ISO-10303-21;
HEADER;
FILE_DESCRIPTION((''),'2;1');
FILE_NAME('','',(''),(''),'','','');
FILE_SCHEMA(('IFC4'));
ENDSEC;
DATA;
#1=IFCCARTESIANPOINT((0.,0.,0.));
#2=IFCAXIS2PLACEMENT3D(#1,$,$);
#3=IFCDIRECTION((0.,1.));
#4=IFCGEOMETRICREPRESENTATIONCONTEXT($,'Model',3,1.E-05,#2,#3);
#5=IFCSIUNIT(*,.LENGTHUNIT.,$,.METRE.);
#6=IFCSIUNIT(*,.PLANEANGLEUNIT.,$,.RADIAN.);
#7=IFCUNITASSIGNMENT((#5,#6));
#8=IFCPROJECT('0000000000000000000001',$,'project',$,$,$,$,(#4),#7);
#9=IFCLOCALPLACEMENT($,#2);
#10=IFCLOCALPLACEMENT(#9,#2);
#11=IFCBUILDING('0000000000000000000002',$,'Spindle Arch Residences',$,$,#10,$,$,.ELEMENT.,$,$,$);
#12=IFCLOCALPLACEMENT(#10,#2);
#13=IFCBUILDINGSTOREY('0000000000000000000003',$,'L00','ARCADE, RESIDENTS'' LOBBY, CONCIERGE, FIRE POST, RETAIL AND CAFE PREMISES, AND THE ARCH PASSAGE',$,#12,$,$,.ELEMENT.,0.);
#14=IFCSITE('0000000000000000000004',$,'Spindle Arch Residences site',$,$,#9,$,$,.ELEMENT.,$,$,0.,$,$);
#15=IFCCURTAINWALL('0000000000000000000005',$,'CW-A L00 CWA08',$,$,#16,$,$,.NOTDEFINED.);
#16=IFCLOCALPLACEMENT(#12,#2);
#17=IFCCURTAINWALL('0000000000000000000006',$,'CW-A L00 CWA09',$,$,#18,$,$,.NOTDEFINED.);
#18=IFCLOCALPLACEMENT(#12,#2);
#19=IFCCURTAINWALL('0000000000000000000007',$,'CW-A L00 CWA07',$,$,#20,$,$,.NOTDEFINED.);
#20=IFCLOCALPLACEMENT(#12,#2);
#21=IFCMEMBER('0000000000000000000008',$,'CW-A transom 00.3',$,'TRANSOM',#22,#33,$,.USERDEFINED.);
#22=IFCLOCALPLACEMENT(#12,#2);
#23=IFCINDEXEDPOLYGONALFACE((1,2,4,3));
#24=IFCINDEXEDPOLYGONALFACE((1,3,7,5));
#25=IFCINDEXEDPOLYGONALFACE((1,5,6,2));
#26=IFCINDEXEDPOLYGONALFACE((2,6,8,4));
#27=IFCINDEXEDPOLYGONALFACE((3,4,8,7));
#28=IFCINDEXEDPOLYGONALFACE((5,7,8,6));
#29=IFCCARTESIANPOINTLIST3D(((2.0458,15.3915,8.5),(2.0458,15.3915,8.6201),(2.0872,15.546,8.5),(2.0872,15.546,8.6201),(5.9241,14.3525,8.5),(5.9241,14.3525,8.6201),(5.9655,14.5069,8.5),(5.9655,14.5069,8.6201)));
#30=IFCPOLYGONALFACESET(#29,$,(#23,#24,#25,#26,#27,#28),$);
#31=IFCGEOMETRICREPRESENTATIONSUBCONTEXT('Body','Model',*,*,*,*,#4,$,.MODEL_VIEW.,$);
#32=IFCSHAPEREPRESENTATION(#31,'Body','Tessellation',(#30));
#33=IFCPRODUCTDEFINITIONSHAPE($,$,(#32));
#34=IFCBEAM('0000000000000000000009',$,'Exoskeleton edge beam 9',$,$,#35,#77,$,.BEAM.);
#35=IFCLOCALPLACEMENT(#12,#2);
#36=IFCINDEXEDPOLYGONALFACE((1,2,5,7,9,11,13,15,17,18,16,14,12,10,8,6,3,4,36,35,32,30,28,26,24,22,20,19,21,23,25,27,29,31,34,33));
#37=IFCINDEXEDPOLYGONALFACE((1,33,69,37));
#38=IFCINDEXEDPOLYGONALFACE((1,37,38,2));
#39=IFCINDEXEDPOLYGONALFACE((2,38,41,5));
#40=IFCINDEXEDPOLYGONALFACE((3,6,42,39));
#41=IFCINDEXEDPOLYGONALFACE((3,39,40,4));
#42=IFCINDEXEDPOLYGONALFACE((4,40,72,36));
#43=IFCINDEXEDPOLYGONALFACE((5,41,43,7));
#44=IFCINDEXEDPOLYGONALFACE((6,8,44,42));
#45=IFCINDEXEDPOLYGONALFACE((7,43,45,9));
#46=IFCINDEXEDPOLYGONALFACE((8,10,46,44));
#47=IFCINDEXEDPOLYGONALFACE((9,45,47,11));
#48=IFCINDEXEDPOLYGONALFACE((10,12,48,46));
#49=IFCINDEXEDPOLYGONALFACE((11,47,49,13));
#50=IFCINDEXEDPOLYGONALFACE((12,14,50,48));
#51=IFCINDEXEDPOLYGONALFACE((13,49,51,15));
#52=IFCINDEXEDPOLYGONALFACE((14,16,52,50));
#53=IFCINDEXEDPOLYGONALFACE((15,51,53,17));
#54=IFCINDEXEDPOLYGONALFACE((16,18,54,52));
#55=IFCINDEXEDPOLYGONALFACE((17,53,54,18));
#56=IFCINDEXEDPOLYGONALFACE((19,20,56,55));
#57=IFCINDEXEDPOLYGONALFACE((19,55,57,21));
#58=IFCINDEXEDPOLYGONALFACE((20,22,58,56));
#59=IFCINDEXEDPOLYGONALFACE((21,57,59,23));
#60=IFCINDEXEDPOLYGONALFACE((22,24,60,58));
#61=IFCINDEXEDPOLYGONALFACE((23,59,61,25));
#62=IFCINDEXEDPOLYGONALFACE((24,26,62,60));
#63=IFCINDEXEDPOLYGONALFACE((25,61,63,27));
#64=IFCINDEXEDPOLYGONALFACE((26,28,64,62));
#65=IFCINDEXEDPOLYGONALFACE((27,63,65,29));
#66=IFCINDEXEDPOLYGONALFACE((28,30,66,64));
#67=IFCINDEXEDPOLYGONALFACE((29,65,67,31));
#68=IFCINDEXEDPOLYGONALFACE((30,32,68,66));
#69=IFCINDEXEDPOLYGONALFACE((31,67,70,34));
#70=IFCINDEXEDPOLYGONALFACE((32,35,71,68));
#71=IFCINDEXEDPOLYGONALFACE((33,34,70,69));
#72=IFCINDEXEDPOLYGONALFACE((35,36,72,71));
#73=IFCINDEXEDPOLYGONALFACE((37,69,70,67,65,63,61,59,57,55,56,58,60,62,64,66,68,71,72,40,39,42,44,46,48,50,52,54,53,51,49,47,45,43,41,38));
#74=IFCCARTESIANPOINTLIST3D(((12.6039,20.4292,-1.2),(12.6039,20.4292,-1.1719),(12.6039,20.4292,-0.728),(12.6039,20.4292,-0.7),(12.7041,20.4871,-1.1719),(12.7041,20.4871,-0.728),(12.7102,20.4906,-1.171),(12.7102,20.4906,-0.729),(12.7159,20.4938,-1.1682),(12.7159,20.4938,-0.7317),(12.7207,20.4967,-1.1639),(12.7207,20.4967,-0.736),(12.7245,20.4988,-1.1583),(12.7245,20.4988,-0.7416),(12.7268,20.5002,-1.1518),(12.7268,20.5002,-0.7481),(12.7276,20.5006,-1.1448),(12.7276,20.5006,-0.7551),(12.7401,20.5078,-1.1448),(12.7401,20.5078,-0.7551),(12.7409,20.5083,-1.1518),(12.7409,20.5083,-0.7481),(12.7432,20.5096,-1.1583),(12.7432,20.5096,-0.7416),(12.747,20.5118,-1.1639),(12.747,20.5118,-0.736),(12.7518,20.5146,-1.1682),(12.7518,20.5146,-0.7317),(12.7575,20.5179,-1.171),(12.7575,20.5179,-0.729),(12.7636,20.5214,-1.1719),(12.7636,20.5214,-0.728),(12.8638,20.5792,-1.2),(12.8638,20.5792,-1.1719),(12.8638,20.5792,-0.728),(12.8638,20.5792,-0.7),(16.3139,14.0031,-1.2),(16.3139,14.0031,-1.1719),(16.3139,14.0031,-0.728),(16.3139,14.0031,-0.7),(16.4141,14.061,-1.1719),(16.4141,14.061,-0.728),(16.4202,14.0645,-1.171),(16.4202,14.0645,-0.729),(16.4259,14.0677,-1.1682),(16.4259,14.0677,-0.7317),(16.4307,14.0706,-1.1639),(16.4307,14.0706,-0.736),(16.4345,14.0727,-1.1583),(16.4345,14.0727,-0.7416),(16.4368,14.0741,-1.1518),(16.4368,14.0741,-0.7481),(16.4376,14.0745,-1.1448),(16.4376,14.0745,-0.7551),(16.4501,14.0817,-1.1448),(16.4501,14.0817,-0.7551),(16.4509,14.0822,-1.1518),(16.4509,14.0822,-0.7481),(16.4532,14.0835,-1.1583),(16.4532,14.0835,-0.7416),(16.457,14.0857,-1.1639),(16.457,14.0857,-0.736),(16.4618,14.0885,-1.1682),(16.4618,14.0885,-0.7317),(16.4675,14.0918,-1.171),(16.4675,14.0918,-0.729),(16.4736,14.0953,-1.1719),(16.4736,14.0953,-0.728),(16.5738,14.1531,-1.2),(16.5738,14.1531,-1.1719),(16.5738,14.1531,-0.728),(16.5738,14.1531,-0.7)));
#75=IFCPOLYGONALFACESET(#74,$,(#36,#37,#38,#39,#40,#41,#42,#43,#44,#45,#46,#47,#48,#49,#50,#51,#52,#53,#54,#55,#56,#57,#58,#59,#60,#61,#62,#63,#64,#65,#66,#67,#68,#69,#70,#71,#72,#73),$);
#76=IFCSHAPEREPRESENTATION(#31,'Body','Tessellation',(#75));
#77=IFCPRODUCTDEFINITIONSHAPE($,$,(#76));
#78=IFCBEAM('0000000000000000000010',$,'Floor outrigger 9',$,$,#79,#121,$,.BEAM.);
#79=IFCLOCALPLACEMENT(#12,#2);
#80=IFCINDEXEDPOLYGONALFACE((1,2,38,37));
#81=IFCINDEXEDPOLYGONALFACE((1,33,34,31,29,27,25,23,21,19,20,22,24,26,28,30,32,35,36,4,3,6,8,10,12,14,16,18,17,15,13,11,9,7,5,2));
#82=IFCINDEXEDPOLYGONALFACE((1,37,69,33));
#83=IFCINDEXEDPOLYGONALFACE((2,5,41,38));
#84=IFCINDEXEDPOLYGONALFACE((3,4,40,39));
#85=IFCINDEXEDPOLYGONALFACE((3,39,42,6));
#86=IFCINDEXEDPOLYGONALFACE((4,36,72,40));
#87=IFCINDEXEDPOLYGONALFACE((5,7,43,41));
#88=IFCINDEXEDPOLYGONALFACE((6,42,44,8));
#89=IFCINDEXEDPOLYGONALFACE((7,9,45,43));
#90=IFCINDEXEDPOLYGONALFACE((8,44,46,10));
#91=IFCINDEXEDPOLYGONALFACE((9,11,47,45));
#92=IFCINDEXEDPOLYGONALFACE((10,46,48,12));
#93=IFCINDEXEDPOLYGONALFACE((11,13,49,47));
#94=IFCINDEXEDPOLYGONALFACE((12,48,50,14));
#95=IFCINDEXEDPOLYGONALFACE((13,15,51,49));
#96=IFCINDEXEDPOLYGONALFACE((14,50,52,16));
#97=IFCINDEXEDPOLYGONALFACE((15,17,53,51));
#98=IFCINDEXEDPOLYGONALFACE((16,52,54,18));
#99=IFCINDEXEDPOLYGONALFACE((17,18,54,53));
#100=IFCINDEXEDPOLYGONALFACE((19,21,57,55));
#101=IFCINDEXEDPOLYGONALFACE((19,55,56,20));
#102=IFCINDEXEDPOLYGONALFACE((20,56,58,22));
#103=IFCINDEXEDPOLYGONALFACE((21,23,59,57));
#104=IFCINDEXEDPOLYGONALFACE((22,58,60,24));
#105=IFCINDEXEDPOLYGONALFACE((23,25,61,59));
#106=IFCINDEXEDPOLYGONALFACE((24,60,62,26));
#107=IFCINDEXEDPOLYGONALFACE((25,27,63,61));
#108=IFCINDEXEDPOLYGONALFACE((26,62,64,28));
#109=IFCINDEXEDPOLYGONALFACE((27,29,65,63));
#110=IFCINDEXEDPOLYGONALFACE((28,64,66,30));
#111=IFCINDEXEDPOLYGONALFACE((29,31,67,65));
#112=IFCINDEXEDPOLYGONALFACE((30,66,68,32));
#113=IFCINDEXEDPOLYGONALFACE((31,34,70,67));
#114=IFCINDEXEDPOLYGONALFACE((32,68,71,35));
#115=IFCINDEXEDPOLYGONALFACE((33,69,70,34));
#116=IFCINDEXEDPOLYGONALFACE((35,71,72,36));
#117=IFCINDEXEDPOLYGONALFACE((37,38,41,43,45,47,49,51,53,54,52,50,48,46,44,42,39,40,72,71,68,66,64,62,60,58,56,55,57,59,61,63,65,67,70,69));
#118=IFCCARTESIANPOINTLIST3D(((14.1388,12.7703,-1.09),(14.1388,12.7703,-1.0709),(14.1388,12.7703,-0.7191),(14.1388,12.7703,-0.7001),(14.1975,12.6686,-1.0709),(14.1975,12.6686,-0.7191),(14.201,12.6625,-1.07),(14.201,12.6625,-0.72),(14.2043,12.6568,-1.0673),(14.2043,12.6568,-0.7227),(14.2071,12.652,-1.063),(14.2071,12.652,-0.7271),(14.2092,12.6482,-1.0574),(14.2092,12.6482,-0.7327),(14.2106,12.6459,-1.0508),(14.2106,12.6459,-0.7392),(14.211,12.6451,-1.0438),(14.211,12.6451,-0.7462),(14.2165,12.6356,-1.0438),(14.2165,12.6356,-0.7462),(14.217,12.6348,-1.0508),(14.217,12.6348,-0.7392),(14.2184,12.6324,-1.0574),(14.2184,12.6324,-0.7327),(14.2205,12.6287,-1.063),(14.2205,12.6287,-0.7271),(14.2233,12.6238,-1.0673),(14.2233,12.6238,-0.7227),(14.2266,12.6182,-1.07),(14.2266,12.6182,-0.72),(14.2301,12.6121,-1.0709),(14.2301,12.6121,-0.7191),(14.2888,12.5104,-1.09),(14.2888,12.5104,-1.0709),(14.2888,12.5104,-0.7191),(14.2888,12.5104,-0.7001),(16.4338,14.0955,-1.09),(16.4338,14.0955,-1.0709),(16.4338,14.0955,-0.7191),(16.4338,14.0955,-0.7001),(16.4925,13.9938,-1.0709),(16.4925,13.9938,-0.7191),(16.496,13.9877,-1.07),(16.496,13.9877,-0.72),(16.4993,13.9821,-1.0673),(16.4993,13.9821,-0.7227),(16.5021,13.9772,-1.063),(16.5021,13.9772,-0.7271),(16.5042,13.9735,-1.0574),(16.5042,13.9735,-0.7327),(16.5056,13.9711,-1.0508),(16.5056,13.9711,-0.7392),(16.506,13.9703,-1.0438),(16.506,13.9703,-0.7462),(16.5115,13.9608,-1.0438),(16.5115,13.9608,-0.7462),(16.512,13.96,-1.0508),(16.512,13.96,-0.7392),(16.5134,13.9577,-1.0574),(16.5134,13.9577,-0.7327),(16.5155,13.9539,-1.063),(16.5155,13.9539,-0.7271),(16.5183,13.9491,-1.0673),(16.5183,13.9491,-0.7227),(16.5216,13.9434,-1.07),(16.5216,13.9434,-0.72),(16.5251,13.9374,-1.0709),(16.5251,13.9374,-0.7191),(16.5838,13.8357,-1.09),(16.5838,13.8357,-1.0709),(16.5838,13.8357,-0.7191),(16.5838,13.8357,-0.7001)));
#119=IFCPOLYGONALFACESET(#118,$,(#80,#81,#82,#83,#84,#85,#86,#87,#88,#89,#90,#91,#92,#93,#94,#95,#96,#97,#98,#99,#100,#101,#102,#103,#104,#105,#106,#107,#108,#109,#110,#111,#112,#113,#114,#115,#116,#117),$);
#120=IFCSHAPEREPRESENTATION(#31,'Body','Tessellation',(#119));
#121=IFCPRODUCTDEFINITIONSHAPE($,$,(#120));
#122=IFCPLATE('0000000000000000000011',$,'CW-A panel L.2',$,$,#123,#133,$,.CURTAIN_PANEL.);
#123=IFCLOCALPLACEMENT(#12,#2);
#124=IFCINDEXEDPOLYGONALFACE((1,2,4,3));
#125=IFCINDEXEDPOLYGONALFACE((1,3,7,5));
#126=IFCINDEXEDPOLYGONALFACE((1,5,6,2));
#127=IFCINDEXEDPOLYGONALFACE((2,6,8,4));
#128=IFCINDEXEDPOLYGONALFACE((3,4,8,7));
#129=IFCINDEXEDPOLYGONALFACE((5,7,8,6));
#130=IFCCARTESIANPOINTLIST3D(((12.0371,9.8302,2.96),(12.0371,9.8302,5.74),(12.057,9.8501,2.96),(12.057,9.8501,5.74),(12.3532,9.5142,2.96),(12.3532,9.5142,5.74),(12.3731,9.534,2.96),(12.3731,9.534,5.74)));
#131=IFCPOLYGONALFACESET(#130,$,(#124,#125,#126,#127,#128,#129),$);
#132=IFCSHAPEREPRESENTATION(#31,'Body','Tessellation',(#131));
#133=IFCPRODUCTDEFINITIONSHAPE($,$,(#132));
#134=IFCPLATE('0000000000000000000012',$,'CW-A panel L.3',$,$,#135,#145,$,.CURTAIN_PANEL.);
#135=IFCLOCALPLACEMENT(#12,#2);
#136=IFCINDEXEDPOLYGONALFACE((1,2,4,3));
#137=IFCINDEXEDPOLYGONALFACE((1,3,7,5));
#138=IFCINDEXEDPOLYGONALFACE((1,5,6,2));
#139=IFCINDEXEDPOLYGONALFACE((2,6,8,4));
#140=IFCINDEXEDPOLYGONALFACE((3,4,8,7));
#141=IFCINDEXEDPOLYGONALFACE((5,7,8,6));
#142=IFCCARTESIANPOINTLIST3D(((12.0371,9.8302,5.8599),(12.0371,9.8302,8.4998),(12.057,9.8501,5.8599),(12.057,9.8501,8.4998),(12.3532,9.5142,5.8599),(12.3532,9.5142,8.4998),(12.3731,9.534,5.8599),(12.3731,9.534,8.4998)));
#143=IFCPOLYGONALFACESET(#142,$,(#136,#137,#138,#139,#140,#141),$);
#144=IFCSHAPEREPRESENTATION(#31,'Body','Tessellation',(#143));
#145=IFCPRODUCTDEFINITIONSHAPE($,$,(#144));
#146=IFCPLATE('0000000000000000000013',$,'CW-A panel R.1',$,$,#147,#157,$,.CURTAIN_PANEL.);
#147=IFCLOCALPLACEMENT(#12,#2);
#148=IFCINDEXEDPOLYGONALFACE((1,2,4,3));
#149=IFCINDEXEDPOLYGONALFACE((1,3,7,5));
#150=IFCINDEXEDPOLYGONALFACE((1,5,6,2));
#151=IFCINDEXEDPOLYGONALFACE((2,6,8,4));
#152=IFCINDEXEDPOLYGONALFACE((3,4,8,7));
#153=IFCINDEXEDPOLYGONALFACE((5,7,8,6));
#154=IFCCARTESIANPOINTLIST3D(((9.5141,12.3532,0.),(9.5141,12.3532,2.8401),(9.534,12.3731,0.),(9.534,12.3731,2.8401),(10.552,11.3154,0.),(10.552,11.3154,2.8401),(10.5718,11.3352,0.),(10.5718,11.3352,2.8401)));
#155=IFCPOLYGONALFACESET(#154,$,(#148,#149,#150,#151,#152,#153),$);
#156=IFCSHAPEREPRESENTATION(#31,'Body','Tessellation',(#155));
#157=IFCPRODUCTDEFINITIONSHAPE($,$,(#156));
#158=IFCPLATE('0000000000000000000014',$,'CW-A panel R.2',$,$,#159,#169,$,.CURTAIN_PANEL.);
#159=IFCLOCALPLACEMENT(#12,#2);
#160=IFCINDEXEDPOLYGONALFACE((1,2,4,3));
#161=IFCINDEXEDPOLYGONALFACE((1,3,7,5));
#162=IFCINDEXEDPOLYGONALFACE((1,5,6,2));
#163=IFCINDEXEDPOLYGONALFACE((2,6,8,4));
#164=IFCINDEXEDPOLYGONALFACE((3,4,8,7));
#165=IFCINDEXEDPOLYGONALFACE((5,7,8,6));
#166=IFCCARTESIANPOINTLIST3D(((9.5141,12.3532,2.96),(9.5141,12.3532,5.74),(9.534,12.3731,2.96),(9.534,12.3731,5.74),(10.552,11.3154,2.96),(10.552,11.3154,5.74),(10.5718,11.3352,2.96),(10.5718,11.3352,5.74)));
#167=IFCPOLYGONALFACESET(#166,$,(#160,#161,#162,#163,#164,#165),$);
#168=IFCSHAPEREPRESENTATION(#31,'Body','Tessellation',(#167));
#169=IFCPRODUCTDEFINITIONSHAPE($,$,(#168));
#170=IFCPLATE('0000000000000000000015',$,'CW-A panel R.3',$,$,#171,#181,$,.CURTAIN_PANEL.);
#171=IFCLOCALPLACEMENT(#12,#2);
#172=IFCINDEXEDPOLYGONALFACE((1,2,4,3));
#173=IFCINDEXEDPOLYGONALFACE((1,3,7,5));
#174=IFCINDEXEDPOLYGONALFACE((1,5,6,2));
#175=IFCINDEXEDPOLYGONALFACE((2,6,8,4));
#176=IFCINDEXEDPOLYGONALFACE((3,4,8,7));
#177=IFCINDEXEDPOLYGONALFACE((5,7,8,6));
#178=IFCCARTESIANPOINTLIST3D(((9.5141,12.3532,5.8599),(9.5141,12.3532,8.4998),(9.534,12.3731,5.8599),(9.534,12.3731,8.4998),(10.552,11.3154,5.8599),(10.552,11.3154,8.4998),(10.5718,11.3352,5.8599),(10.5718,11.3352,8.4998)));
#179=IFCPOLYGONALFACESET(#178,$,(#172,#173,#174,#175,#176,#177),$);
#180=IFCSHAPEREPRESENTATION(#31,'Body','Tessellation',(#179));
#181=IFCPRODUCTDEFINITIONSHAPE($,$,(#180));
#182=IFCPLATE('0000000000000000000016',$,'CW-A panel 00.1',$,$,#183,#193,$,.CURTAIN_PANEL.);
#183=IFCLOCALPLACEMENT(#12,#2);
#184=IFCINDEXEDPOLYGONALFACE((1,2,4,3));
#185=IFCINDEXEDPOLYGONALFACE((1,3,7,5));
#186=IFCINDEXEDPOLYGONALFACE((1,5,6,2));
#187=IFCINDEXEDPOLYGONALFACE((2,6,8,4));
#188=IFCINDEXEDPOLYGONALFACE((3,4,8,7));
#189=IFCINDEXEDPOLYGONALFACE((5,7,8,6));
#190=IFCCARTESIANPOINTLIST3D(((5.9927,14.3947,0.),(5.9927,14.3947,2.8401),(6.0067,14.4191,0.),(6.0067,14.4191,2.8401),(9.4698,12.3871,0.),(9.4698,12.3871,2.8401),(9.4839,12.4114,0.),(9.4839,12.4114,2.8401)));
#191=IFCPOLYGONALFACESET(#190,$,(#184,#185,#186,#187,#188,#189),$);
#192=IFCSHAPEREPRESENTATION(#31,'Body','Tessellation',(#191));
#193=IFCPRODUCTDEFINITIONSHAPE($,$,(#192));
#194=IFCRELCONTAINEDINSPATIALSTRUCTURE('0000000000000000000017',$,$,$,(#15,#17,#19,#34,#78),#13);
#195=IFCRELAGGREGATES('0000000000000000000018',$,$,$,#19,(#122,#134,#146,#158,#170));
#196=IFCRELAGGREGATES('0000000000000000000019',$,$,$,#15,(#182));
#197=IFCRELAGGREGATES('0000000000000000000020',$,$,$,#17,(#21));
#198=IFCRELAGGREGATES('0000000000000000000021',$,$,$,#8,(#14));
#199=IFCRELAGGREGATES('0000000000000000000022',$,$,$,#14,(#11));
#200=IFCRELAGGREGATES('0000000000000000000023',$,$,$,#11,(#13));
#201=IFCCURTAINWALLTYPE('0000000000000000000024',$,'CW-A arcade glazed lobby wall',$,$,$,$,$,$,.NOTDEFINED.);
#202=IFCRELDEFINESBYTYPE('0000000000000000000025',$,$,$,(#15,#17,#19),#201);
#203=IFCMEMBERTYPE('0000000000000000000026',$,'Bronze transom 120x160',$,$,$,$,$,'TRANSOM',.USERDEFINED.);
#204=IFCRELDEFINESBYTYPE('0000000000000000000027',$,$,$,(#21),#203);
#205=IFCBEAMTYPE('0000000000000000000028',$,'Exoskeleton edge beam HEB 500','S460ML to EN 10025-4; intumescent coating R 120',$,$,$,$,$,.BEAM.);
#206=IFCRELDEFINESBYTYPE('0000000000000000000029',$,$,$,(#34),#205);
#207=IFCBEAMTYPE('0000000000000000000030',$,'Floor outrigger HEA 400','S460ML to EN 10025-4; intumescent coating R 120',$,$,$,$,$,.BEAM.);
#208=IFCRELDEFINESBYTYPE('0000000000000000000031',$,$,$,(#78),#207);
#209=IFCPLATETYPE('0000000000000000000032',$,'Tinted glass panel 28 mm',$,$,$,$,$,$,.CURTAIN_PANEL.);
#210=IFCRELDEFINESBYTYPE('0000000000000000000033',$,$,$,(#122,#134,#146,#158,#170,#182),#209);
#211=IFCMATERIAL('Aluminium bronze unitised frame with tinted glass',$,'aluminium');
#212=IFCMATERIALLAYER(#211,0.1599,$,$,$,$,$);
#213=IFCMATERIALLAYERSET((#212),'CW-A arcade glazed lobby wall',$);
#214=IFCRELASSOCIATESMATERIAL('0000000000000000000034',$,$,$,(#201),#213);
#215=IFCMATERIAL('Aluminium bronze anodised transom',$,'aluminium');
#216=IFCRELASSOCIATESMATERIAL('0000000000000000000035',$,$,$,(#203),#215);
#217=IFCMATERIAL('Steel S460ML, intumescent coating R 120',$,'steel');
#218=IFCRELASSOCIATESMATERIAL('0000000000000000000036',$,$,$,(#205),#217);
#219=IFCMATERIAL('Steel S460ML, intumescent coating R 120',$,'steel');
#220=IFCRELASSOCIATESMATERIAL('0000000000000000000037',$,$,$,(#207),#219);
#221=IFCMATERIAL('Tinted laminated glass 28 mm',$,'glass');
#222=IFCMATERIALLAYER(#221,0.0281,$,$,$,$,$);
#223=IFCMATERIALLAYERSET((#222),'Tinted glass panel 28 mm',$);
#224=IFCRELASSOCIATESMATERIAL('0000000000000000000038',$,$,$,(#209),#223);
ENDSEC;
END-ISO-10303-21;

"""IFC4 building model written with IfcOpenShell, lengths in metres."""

from ifc_helpers import new_model, si_unit, direction, frame, origin, origin_2d, place, context, subcontext, project, spatial, rectangle, i_section, extrude, material, layer, layer_set, material_profile, profile_set, type_object, element, aggregate, save


model = new_model("IFC4")

# Units and contexts
model_context = context("Model", 3, precision=1e-05, world=origin(), true_north=direction((0.0, 1.0)))
body_context = subcontext(model_context, "Body", "Model", "MODEL_VIEW")
ifc_project = project(units=[si_unit("LENGTHUNIT", "METRE"), si_unit("PLANEANGLEUNIT", "RADIAN")], contexts=[model_context])

# Site, building, storey
site_placement = place(None, origin())
site = spatial("IfcSite", under=ifc_project, at=site_placement, Name="Spindle Arch Residences site", CompositionType="ELEMENT", RefElevation=0.0)
building_placement = place(site_placement, origin())
building = spatial("IfcBuilding", under=site, at=building_placement, Name="Spindle Arch Residences", CompositionType="ELEMENT")
storey_placement = place(building_placement, origin())
storey = spatial("IfcBuildingStorey", under=building, at=storey_placement, Name="L00", Description="ARCADE, RESIDENTS' LOBBY, CONCIERGE, FIRE POST, RETAIL AND CAFE PREMISES, AND THE ARCH PASSAGE", CompositionType="ELEMENT", Elevation=0.0)

# Curtain walls
ifc_material_1 = material(Name="Aluminium bronze unitised frame with tinted glass", Category="aluminium")
ifc_layer_1 = layer(ifc_material_1, 0.1599)
ifc_layer_set_1 = layer_set([ifc_layer_1], Name="CW-A arcade glazed lobby wall")
curtain_wall_type = type_object("IfcCurtainWallType", Name="CW-A arcade glazed lobby wall", PredefinedType="NOTDEFINED", material=ifc_layer_set_1)
curtain_wall_1_placement = place(storey_placement, origin())
curtain_wall_1 = element("IfcCurtainWall", 1, at=curtain_wall_1_placement, inside=storey, type_object=curtain_wall_type, Name="CW-A L00 CWA08", PredefinedType="NOTDEFINED")
curtain_wall_2_placement = place(storey_placement, origin())
curtain_wall_2 = element("IfcCurtainWall", 2, at=curtain_wall_2_placement, inside=storey, type_object=curtain_wall_type, Name="CW-A L00 CWA09", PredefinedType="NOTDEFINED")

# Curtain wall
curtain_wall_3_placement = place(storey_placement, origin())
curtain_wall_3 = element("IfcCurtainWall", 3, at=curtain_wall_3_placement, inside=storey, type_object=curtain_wall_type, Name="CW-A L00 CWA07", PredefinedType="NOTDEFINED")
ifc_material_2 = material(Name="Aluminium bronze anodised transom", Category="aluminium")
ifc_material_profile_1 = material_profile(ifc_material_2, rectangle(XDim=0.1599, YDim=0.1201, at=origin_2d()), Name="TR 120x160")
ifc_profile_set_1 = profile_set([ifc_material_profile_1], Name="Aluminium bronze anodised transom")
member_type_1 = type_object("IfcMemberType", Name="Bronze transom 120x160", ElementType="TRANSOM", PredefinedType="USERDEFINED", material=ifc_profile_set_1)

# Member
member_1_placement = place(storey_placement, frame((5.9448, 14.4297, 8.5601), z_axis=(-0.965936, 0.258783, 0.0), x_axis=(-0.258783, -0.965936, 0.0)))
member_1 = element("IfcMember", 4, at=member_1_placement, type_object=member_type_1, Name="CW-A transom 00.3", ObjectType="TRANSOM", PredefinedType="USERDEFINED", context=body_context, shape_type="SweptSolid", body=[
    extrude(rectangle(XDim=0.1599, YDim=0.1201, at=origin_2d()), origin(), (0.0, 0.0, 1.0), 4.0151),
])

# Beams
ifc_material_3 = material(Name="Steel S460ML, intumescent coating R 120", Category="steel")
ifc_material_profile_2 = material_profile(ifc_material_3, i_section(OverallWidth=0.3, OverallDepth=0.5, WebThickness=0.0144, FlangeThickness=0.0281, FilletRadius=0.0271, at=origin_2d()), Name="HEB 500")
ifc_profile_set_2 = profile_set([ifc_material_profile_2], Name="Steel S460ML, intumescent coating R 120")
beam_type_1 = type_object("IfcBeamType", Name="Exoskeleton edge beam HEB 500", Description="S460ML to EN 10025-4; intumescent coating R 120", PredefinedType="BEAM", material=ifc_profile_set_2)
beam_1_placement = place(storey_placement, frame((16.4438, 14.0781, -0.95), z_axis=(-0.499989, 0.866032, 0.0), x_axis=(-0.866032, -0.499989, 0.0)))
element("IfcBeam", 5, at=beam_1_placement, inside=storey, type_object=beam_type_1, Name="Exoskeleton edge beam 9", PredefinedType="BEAM", context=body_context, shape_type="SweptSolid", body=[
    extrude(i_section(OverallWidth=0.3, OverallDepth=0.5, WebThickness=0.0144, FlangeThickness=0.0281, FilletRadius=0.0271, at=origin_2d()), origin(), (0.0, 0.0, 1.0), 7.4202),
])
ifc_material_4 = material(Name="Steel S460ML, intumescent coating R 120", Category="steel")
ifc_material_profile_3 = material_profile(ifc_material_4, i_section(OverallWidth=0.3, OverallDepth=0.3899, WebThickness=0.011, FlangeThickness=0.019, FilletRadius=0.0271, at=origin_2d()), Name="HEA 400")
ifc_profile_set_3 = profile_set([ifc_material_profile_3], Name="Steel S460ML, intumescent coating R 120")
beam_type_2 = type_object("IfcBeamType", Name="Floor outrigger HEA 400", Description="S460ML to EN 10025-4; intumescent coating R 120", PredefinedType="BEAM", material=ifc_profile_set_3)
beam_2_placement = place(storey_placement, frame((16.5088, 13.9656, -0.895), z_axis=(-0.865989, -0.500063, 0.0), x_axis=(0.500063, -0.865989, 0.0)))
element("IfcBeam", 6, at=beam_2_placement, inside=storey, type_object=beam_type_2, Name="Floor outrigger 9", PredefinedType="BEAM", context=body_context, shape_type="SweptSolid", body=[
    extrude(i_section(OverallWidth=0.3, OverallDepth=0.3899, WebThickness=0.011, FlangeThickness=0.019, FilletRadius=0.0271, at=origin_2d()), origin(), (0.0, 0.0, 1.0), 2.6501),
])

# Plates
ifc_material_5 = material(Name="Tinted laminated glass 28 mm", Category="glass")
ifc_layer_2 = layer(ifc_material_5, 0.0281)
ifc_layer_set_2 = layer_set([ifc_layer_2], Name="Tinted glass panel 28 mm")
plate_type = type_object("IfcPlateType", Name="Tinted glass panel 28 mm", PredefinedType="CURTAIN_PANEL", material=ifc_layer_set_2)
plate_1_placement = place(storey_placement, frame((12.2051, 9.6821, 2.96), z_axis=(0.0, 0.0, 1.0), x_axis=(-0.707107, 0.707107, 0.0)))
plate_1 = element("IfcPlate", 7, at=plate_1_placement, type_object=plate_type, Name="CW-A panel L.2", PredefinedType="CURTAIN_PANEL", context=body_context, shape_type="SweptSolid", body=[
    extrude(rectangle(XDim=0.447, YDim=0.0281, at=origin_2d()), origin(), (0.0, 0.0, 1.0), 2.78),
])
plate_2_placement = place(storey_placement, frame((12.2051, 9.6821, 5.8599), z_axis=(0.0, 0.0, 1.0), x_axis=(-0.707107, 0.707107, 0.0)))
plate_2 = element("IfcPlate", 8, at=plate_2_placement, type_object=plate_type, Name="CW-A panel L.3", PredefinedType="CURTAIN_PANEL", context=body_context, shape_type="SweptSolid", body=[
    extrude(rectangle(XDim=0.447, YDim=0.0281, at=origin_2d()), origin(), (0.0, 0.0, 1.0), 2.6399),
])
plate_3_placement = place(storey_placement, frame((10.043, 11.8442, 0.0), z_axis=(0.0, 0.0, 1.0), x_axis=(-0.707107, 0.707107, 0.0)))
plate_3 = element("IfcPlate", 9, at=plate_3_placement, type_object=plate_type, Name="CW-A panel R.1", PredefinedType="CURTAIN_PANEL", context=body_context, shape_type="SweptSolid", body=[
    extrude(rectangle(XDim=1.4678, YDim=0.0281, at=origin_2d()), origin(), (0.0, 0.0, 1.0), 2.8401),
])
plate_4_placement = place(storey_placement, frame((10.043, 11.8442, 2.96), z_axis=(0.0, 0.0, 1.0), x_axis=(-0.707107, 0.707107, 0.0)))
plate_4 = element("IfcPlate", 10, at=plate_4_placement, type_object=plate_type, Name="CW-A panel R.2", PredefinedType="CURTAIN_PANEL", context=body_context, shape_type="SweptSolid", body=[
    extrude(rectangle(XDim=1.4678, YDim=0.0281, at=origin_2d()), origin(), (0.0, 0.0, 1.0), 2.78),
])
plate_5_placement = place(storey_placement, frame((10.043, 11.8442, 5.8599), z_axis=(0.0, 0.0, 1.0), x_axis=(-0.707107, 0.707107, 0.0)))
plate_5 = element("IfcPlate", 11, at=plate_5_placement, type_object=plate_type, Name="CW-A panel R.3", PredefinedType="CURTAIN_PANEL", context=body_context, shape_type="SweptSolid", body=[
    extrude(rectangle(XDim=1.4678, YDim=0.0281, at=origin_2d()), origin(), (0.0, 0.0, 1.0), 2.6399),
])
aggregate(curtain_wall_3, [plate_1, plate_2, plate_3, plate_4, plate_5])
plate_6_placement = place(storey_placement, frame((7.7383, 13.4031, 0.0), z_axis=(0.0, 0.0, 1.0), x_axis=(-0.866012, 0.500023, 0.0)))
plate_6 = element("IfcPlate", 12, at=plate_6_placement, type_object=plate_type, Name="CW-A panel 00.1", PredefinedType="CURTAIN_PANEL", context=body_context, shape_type="SweptSolid", body=[
    extrude(rectangle(XDim=4.0151, YDim=0.0281, at=origin_2d()), origin(), (0.0, 0.0, 1.0), 2.8401),
])
aggregate(curtain_wall_1, [plate_6])
aggregate(curtain_wall_2, [member_1])

save(model, "model.ifc")
